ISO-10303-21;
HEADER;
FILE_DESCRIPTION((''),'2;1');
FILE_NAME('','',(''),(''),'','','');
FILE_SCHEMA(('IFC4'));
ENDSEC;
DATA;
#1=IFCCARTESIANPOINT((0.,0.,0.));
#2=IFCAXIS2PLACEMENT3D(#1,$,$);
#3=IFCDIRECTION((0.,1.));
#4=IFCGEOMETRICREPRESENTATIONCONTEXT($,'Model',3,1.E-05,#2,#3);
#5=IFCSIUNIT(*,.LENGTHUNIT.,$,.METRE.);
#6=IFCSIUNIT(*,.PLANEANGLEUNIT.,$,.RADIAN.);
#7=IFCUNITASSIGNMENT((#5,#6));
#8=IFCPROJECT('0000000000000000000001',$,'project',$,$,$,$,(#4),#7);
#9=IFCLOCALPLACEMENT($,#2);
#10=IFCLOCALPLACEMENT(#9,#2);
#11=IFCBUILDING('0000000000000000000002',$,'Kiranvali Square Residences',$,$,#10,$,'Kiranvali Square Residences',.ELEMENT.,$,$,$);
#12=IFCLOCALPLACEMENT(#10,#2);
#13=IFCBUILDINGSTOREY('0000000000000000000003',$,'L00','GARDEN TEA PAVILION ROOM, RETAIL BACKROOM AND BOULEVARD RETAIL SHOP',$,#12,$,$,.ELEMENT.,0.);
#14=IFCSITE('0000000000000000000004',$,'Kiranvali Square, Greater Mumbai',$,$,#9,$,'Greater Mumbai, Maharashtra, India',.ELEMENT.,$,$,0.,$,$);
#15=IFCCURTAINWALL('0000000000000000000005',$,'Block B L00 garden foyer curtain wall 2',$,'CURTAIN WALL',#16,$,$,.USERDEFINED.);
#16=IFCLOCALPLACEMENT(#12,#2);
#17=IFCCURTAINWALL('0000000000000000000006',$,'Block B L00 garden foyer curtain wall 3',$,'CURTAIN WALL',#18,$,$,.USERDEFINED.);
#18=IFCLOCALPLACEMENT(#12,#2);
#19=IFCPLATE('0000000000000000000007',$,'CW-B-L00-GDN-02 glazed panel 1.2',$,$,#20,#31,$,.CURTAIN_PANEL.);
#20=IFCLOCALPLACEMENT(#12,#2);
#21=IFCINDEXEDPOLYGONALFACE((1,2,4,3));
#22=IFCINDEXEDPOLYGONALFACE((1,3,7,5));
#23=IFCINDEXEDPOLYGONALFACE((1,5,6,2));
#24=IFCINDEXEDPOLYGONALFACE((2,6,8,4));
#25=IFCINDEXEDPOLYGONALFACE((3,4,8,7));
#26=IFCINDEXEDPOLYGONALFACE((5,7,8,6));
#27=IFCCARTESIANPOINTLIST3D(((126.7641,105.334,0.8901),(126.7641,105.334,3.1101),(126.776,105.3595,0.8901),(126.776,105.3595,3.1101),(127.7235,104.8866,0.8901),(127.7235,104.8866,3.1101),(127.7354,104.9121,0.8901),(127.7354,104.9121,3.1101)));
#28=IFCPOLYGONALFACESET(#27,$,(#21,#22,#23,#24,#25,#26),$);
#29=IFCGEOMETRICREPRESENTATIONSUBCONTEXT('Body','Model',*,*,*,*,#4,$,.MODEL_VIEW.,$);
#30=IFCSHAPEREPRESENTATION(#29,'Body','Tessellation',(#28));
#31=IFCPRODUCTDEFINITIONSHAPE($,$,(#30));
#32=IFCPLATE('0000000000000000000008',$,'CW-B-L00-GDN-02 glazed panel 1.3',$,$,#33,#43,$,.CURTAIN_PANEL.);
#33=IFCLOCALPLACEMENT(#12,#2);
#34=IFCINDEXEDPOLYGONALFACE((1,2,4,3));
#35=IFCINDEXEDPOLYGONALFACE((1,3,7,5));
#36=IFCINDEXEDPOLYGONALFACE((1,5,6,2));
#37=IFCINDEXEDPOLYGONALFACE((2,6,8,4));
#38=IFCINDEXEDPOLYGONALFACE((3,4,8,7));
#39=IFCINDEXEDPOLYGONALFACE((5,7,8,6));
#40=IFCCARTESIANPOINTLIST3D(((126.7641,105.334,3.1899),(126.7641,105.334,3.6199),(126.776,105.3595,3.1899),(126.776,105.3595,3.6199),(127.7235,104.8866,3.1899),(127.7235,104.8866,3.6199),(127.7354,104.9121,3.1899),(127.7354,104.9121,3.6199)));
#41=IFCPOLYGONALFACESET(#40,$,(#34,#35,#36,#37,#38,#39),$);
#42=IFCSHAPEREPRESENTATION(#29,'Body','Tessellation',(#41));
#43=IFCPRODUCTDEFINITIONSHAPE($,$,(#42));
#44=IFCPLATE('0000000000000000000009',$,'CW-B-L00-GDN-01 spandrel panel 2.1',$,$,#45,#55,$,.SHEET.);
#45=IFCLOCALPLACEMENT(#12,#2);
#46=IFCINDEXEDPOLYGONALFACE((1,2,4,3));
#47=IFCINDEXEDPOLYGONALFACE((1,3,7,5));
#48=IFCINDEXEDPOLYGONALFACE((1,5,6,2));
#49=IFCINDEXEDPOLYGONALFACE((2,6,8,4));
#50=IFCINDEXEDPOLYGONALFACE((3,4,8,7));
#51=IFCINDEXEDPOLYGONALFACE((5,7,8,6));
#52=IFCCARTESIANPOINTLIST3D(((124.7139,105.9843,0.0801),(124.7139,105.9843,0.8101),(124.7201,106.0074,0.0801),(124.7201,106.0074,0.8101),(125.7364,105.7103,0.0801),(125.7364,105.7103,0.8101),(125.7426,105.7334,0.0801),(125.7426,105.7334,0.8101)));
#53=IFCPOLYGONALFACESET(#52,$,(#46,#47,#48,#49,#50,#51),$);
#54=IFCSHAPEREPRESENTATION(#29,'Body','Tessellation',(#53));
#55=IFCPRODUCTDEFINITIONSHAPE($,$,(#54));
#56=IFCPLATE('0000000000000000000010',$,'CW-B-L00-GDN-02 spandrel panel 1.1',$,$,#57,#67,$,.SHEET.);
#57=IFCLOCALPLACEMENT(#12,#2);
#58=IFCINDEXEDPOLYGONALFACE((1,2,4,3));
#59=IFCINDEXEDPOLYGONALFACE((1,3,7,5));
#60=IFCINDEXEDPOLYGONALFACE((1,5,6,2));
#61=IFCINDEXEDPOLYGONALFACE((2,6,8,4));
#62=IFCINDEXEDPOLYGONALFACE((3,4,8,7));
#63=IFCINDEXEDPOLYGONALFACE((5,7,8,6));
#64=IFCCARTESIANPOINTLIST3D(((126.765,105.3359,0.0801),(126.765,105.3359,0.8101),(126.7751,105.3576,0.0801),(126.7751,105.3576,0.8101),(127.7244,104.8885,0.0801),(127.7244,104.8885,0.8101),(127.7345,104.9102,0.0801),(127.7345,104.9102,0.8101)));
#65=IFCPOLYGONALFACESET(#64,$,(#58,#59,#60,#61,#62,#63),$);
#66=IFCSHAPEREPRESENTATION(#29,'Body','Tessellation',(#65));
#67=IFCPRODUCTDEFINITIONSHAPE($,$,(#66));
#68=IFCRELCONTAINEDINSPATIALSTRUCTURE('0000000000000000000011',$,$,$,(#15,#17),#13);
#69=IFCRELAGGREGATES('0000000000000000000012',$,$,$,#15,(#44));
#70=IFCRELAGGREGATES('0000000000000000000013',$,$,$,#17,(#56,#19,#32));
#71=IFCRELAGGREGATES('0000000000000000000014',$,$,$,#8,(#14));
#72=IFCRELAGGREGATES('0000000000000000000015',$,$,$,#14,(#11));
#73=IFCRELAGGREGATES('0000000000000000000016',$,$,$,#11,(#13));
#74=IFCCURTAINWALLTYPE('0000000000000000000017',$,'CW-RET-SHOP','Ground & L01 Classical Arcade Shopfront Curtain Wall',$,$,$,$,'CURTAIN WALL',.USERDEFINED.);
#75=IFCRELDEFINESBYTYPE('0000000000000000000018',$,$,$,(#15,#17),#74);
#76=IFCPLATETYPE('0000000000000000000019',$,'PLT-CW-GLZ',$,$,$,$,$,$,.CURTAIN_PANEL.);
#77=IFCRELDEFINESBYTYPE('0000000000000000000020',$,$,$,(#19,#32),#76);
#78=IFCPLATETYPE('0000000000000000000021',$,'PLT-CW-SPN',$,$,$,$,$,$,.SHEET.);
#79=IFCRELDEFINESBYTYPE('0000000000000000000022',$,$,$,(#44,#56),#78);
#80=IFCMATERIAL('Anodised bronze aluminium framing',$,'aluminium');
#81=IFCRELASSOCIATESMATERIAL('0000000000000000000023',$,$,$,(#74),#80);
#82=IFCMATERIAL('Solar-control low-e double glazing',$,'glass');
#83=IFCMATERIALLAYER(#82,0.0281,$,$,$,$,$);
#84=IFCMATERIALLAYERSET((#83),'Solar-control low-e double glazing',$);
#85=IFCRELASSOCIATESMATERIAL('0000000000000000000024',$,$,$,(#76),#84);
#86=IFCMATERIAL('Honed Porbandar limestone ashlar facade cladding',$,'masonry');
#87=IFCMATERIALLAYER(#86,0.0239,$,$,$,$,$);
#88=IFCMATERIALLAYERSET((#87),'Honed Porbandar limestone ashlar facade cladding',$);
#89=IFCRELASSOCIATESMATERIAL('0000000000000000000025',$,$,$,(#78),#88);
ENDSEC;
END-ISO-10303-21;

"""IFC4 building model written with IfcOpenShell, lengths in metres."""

from ifc_helpers import new_model, si_unit, direction, frame, origin, origin_2d, place, context, subcontext, project, spatial, rectangle, extrude, material, layer, layer_set, type_object, element, aggregate, save


model = new_model("IFC4")

# Units and contexts
model_context = context("Model", 3, precision=1e-05, world=origin(), true_north=direction((0.0, 1.0)))
body_context = subcontext(model_context, "Body", "Model", "MODEL_VIEW")
ifc_project = project(units=[si_unit("LENGTHUNIT", "METRE"), si_unit("PLANEANGLEUNIT", "RADIAN")], contexts=[model_context])

# Site, building, storey
site_placement = place(None, origin())
site = spatial("IfcSite", under=ifc_project, at=site_placement, Name="Kiranvali Square, Greater Mumbai", LongName="Greater Mumbai, Maharashtra, India", CompositionType="ELEMENT", RefElevation=0.0)
building_placement = place(site_placement, origin())
building = spatial("IfcBuilding", under=site, at=building_placement, Name="Kiranvali Square Residences", LongName="Kiranvali Square Residences", CompositionType="ELEMENT")
storey_placement = place(building_placement, origin())
storey = spatial("IfcBuildingStorey", under=building, at=storey_placement, Name="L00", Description="GARDEN TEA PAVILION ROOM, RETAIL BACKROOM AND BOULEVARD RETAIL SHOP", CompositionType="ELEMENT", Elevation=0.0)

# Curtain wall
ifc_material_1 = material(Name="Anodised bronze aluminium framing", Category="aluminium")
curtain_wall_type = type_object("IfcCurtainWallType", Name="CW-RET-SHOP", Description="Ground & L01 Classical Arcade Shopfront Curtain Wall", ElementType="CURTAIN WALL", PredefinedType="USERDEFINED", material=ifc_material_1)
curtain_wall_1_placement = place(storey_placement, origin())
curtain_wall_1 = element("IfcCurtainWall", 1, at=curtain_wall_1_placement, inside=storey, type_object=curtain_wall_type, Name="Block B L00 garden foyer curtain wall 2", ObjectType="CURTAIN WALL", PredefinedType="USERDEFINED")

# Curtain wall
curtain_wall_2_placement = place(storey_placement, origin())
curtain_wall_2 = element("IfcCurtainWall", 2, at=curtain_wall_2_placement, inside=storey, type_object=curtain_wall_type, Name="Block B L00 garden foyer curtain wall 3", ObjectType="CURTAIN WALL", PredefinedType="USERDEFINED")

# Plates
ifc_material_2 = material(Name="Solar-control low-e double glazing", Category="glass")
ifc_layer_1 = layer(ifc_material_2, 0.0281)
ifc_layer_set_1 = layer_set([ifc_layer_1], Name="Solar-control low-e double glazing")
plate_type_1 = type_object("IfcPlateType", Name="PLT-CW-GLZ", PredefinedType="CURTAIN_PANEL", material=ifc_layer_set_1)
plate_1_placement = place(storey_placement, frame((127.2498, 105.123, 0.8901), z_axis=(0.0, 0.0, 1.0), x_axis=(0.906308, -0.422618, 0.0)))
plate_1 = element("IfcPlate", 3, at=plate_1_placement, type_object=plate_type_1, Name="CW-B-L00-GDN-02 glazed panel 1.2", PredefinedType="CURTAIN_PANEL", context=body_context, shape_type="SweptSolid", body=[
    extrude(rectangle(XDim=1.0586, YDim=0.0281, at=origin_2d()), origin(), (0.0, 0.0, 1.0), 2.22),
])
plate_2_placement = place(storey_placement, frame((127.2498, 105.123, 3.1899), z_axis=(0.0, 0.0, 1.0), x_axis=(0.906308, -0.422618, 0.0)))
plate_2 = element("IfcPlate", 4, at=plate_2_placement, type_object=plate_type_1, Name="CW-B-L00-GDN-02 glazed panel 1.3", PredefinedType="CURTAIN_PANEL", context=body_context, shape_type="SweptSolid", body=[
    extrude(rectangle(XDim=1.0586, YDim=0.0281, at=origin_2d()), origin(), (0.0, 0.0, 1.0), 0.4299),
])
ifc_material_3 = material(Name="Honed Porbandar limestone ashlar facade cladding", Category="masonry")
ifc_layer_2 = layer(ifc_material_3, 0.0239)
ifc_layer_set_2 = layer_set([ifc_layer_2], Name="Honed Porbandar limestone ashlar facade cladding")
plate_type_2 = type_object("IfcPlateType", Name="PLT-CW-SPN", PredefinedType="SHEET", material=ifc_layer_set_2)
plate_3_placement = place(storey_placement, frame((125.2283, 105.8589, 0.0801), z_axis=(0.0, 0.0, 1.0), x_axis=(0.965926, -0.258819, 0.0)))
plate_3 = element("IfcPlate", 5, at=plate_3_placement, type_object=plate_type_2, Name="CW-B-L00-GDN-01 spandrel panel 2.1", PredefinedType="SHEET", context=body_context, shape_type="SweptSolid", body=[
    extrude(rectangle(XDim=1.0586, YDim=0.0239, at=origin_2d()), origin(), (0.0, 0.0, 1.0), 0.73),
])
aggregate(curtain_wall_1, [plate_3])
plate_4_placement = place(storey_placement, frame((127.2498, 105.123, 0.0801), z_axis=(0.0, 0.0, 1.0), x_axis=(0.906308, -0.422618, 0.0)))
plate_4 = element("IfcPlate", 6, at=plate_4_placement, type_object=plate_type_2, Name="CW-B-L00-GDN-02 spandrel panel 1.1", PredefinedType="SHEET", context=body_context, shape_type="SweptSolid", body=[
    extrude(rectangle(XDim=1.0586, YDim=0.0239, at=origin_2d()), origin(), (0.0, 0.0, 1.0), 0.73),
])
aggregate(curtain_wall_2, [plate_4, plate_1, plate_2])

save(model, "model.ifc")
